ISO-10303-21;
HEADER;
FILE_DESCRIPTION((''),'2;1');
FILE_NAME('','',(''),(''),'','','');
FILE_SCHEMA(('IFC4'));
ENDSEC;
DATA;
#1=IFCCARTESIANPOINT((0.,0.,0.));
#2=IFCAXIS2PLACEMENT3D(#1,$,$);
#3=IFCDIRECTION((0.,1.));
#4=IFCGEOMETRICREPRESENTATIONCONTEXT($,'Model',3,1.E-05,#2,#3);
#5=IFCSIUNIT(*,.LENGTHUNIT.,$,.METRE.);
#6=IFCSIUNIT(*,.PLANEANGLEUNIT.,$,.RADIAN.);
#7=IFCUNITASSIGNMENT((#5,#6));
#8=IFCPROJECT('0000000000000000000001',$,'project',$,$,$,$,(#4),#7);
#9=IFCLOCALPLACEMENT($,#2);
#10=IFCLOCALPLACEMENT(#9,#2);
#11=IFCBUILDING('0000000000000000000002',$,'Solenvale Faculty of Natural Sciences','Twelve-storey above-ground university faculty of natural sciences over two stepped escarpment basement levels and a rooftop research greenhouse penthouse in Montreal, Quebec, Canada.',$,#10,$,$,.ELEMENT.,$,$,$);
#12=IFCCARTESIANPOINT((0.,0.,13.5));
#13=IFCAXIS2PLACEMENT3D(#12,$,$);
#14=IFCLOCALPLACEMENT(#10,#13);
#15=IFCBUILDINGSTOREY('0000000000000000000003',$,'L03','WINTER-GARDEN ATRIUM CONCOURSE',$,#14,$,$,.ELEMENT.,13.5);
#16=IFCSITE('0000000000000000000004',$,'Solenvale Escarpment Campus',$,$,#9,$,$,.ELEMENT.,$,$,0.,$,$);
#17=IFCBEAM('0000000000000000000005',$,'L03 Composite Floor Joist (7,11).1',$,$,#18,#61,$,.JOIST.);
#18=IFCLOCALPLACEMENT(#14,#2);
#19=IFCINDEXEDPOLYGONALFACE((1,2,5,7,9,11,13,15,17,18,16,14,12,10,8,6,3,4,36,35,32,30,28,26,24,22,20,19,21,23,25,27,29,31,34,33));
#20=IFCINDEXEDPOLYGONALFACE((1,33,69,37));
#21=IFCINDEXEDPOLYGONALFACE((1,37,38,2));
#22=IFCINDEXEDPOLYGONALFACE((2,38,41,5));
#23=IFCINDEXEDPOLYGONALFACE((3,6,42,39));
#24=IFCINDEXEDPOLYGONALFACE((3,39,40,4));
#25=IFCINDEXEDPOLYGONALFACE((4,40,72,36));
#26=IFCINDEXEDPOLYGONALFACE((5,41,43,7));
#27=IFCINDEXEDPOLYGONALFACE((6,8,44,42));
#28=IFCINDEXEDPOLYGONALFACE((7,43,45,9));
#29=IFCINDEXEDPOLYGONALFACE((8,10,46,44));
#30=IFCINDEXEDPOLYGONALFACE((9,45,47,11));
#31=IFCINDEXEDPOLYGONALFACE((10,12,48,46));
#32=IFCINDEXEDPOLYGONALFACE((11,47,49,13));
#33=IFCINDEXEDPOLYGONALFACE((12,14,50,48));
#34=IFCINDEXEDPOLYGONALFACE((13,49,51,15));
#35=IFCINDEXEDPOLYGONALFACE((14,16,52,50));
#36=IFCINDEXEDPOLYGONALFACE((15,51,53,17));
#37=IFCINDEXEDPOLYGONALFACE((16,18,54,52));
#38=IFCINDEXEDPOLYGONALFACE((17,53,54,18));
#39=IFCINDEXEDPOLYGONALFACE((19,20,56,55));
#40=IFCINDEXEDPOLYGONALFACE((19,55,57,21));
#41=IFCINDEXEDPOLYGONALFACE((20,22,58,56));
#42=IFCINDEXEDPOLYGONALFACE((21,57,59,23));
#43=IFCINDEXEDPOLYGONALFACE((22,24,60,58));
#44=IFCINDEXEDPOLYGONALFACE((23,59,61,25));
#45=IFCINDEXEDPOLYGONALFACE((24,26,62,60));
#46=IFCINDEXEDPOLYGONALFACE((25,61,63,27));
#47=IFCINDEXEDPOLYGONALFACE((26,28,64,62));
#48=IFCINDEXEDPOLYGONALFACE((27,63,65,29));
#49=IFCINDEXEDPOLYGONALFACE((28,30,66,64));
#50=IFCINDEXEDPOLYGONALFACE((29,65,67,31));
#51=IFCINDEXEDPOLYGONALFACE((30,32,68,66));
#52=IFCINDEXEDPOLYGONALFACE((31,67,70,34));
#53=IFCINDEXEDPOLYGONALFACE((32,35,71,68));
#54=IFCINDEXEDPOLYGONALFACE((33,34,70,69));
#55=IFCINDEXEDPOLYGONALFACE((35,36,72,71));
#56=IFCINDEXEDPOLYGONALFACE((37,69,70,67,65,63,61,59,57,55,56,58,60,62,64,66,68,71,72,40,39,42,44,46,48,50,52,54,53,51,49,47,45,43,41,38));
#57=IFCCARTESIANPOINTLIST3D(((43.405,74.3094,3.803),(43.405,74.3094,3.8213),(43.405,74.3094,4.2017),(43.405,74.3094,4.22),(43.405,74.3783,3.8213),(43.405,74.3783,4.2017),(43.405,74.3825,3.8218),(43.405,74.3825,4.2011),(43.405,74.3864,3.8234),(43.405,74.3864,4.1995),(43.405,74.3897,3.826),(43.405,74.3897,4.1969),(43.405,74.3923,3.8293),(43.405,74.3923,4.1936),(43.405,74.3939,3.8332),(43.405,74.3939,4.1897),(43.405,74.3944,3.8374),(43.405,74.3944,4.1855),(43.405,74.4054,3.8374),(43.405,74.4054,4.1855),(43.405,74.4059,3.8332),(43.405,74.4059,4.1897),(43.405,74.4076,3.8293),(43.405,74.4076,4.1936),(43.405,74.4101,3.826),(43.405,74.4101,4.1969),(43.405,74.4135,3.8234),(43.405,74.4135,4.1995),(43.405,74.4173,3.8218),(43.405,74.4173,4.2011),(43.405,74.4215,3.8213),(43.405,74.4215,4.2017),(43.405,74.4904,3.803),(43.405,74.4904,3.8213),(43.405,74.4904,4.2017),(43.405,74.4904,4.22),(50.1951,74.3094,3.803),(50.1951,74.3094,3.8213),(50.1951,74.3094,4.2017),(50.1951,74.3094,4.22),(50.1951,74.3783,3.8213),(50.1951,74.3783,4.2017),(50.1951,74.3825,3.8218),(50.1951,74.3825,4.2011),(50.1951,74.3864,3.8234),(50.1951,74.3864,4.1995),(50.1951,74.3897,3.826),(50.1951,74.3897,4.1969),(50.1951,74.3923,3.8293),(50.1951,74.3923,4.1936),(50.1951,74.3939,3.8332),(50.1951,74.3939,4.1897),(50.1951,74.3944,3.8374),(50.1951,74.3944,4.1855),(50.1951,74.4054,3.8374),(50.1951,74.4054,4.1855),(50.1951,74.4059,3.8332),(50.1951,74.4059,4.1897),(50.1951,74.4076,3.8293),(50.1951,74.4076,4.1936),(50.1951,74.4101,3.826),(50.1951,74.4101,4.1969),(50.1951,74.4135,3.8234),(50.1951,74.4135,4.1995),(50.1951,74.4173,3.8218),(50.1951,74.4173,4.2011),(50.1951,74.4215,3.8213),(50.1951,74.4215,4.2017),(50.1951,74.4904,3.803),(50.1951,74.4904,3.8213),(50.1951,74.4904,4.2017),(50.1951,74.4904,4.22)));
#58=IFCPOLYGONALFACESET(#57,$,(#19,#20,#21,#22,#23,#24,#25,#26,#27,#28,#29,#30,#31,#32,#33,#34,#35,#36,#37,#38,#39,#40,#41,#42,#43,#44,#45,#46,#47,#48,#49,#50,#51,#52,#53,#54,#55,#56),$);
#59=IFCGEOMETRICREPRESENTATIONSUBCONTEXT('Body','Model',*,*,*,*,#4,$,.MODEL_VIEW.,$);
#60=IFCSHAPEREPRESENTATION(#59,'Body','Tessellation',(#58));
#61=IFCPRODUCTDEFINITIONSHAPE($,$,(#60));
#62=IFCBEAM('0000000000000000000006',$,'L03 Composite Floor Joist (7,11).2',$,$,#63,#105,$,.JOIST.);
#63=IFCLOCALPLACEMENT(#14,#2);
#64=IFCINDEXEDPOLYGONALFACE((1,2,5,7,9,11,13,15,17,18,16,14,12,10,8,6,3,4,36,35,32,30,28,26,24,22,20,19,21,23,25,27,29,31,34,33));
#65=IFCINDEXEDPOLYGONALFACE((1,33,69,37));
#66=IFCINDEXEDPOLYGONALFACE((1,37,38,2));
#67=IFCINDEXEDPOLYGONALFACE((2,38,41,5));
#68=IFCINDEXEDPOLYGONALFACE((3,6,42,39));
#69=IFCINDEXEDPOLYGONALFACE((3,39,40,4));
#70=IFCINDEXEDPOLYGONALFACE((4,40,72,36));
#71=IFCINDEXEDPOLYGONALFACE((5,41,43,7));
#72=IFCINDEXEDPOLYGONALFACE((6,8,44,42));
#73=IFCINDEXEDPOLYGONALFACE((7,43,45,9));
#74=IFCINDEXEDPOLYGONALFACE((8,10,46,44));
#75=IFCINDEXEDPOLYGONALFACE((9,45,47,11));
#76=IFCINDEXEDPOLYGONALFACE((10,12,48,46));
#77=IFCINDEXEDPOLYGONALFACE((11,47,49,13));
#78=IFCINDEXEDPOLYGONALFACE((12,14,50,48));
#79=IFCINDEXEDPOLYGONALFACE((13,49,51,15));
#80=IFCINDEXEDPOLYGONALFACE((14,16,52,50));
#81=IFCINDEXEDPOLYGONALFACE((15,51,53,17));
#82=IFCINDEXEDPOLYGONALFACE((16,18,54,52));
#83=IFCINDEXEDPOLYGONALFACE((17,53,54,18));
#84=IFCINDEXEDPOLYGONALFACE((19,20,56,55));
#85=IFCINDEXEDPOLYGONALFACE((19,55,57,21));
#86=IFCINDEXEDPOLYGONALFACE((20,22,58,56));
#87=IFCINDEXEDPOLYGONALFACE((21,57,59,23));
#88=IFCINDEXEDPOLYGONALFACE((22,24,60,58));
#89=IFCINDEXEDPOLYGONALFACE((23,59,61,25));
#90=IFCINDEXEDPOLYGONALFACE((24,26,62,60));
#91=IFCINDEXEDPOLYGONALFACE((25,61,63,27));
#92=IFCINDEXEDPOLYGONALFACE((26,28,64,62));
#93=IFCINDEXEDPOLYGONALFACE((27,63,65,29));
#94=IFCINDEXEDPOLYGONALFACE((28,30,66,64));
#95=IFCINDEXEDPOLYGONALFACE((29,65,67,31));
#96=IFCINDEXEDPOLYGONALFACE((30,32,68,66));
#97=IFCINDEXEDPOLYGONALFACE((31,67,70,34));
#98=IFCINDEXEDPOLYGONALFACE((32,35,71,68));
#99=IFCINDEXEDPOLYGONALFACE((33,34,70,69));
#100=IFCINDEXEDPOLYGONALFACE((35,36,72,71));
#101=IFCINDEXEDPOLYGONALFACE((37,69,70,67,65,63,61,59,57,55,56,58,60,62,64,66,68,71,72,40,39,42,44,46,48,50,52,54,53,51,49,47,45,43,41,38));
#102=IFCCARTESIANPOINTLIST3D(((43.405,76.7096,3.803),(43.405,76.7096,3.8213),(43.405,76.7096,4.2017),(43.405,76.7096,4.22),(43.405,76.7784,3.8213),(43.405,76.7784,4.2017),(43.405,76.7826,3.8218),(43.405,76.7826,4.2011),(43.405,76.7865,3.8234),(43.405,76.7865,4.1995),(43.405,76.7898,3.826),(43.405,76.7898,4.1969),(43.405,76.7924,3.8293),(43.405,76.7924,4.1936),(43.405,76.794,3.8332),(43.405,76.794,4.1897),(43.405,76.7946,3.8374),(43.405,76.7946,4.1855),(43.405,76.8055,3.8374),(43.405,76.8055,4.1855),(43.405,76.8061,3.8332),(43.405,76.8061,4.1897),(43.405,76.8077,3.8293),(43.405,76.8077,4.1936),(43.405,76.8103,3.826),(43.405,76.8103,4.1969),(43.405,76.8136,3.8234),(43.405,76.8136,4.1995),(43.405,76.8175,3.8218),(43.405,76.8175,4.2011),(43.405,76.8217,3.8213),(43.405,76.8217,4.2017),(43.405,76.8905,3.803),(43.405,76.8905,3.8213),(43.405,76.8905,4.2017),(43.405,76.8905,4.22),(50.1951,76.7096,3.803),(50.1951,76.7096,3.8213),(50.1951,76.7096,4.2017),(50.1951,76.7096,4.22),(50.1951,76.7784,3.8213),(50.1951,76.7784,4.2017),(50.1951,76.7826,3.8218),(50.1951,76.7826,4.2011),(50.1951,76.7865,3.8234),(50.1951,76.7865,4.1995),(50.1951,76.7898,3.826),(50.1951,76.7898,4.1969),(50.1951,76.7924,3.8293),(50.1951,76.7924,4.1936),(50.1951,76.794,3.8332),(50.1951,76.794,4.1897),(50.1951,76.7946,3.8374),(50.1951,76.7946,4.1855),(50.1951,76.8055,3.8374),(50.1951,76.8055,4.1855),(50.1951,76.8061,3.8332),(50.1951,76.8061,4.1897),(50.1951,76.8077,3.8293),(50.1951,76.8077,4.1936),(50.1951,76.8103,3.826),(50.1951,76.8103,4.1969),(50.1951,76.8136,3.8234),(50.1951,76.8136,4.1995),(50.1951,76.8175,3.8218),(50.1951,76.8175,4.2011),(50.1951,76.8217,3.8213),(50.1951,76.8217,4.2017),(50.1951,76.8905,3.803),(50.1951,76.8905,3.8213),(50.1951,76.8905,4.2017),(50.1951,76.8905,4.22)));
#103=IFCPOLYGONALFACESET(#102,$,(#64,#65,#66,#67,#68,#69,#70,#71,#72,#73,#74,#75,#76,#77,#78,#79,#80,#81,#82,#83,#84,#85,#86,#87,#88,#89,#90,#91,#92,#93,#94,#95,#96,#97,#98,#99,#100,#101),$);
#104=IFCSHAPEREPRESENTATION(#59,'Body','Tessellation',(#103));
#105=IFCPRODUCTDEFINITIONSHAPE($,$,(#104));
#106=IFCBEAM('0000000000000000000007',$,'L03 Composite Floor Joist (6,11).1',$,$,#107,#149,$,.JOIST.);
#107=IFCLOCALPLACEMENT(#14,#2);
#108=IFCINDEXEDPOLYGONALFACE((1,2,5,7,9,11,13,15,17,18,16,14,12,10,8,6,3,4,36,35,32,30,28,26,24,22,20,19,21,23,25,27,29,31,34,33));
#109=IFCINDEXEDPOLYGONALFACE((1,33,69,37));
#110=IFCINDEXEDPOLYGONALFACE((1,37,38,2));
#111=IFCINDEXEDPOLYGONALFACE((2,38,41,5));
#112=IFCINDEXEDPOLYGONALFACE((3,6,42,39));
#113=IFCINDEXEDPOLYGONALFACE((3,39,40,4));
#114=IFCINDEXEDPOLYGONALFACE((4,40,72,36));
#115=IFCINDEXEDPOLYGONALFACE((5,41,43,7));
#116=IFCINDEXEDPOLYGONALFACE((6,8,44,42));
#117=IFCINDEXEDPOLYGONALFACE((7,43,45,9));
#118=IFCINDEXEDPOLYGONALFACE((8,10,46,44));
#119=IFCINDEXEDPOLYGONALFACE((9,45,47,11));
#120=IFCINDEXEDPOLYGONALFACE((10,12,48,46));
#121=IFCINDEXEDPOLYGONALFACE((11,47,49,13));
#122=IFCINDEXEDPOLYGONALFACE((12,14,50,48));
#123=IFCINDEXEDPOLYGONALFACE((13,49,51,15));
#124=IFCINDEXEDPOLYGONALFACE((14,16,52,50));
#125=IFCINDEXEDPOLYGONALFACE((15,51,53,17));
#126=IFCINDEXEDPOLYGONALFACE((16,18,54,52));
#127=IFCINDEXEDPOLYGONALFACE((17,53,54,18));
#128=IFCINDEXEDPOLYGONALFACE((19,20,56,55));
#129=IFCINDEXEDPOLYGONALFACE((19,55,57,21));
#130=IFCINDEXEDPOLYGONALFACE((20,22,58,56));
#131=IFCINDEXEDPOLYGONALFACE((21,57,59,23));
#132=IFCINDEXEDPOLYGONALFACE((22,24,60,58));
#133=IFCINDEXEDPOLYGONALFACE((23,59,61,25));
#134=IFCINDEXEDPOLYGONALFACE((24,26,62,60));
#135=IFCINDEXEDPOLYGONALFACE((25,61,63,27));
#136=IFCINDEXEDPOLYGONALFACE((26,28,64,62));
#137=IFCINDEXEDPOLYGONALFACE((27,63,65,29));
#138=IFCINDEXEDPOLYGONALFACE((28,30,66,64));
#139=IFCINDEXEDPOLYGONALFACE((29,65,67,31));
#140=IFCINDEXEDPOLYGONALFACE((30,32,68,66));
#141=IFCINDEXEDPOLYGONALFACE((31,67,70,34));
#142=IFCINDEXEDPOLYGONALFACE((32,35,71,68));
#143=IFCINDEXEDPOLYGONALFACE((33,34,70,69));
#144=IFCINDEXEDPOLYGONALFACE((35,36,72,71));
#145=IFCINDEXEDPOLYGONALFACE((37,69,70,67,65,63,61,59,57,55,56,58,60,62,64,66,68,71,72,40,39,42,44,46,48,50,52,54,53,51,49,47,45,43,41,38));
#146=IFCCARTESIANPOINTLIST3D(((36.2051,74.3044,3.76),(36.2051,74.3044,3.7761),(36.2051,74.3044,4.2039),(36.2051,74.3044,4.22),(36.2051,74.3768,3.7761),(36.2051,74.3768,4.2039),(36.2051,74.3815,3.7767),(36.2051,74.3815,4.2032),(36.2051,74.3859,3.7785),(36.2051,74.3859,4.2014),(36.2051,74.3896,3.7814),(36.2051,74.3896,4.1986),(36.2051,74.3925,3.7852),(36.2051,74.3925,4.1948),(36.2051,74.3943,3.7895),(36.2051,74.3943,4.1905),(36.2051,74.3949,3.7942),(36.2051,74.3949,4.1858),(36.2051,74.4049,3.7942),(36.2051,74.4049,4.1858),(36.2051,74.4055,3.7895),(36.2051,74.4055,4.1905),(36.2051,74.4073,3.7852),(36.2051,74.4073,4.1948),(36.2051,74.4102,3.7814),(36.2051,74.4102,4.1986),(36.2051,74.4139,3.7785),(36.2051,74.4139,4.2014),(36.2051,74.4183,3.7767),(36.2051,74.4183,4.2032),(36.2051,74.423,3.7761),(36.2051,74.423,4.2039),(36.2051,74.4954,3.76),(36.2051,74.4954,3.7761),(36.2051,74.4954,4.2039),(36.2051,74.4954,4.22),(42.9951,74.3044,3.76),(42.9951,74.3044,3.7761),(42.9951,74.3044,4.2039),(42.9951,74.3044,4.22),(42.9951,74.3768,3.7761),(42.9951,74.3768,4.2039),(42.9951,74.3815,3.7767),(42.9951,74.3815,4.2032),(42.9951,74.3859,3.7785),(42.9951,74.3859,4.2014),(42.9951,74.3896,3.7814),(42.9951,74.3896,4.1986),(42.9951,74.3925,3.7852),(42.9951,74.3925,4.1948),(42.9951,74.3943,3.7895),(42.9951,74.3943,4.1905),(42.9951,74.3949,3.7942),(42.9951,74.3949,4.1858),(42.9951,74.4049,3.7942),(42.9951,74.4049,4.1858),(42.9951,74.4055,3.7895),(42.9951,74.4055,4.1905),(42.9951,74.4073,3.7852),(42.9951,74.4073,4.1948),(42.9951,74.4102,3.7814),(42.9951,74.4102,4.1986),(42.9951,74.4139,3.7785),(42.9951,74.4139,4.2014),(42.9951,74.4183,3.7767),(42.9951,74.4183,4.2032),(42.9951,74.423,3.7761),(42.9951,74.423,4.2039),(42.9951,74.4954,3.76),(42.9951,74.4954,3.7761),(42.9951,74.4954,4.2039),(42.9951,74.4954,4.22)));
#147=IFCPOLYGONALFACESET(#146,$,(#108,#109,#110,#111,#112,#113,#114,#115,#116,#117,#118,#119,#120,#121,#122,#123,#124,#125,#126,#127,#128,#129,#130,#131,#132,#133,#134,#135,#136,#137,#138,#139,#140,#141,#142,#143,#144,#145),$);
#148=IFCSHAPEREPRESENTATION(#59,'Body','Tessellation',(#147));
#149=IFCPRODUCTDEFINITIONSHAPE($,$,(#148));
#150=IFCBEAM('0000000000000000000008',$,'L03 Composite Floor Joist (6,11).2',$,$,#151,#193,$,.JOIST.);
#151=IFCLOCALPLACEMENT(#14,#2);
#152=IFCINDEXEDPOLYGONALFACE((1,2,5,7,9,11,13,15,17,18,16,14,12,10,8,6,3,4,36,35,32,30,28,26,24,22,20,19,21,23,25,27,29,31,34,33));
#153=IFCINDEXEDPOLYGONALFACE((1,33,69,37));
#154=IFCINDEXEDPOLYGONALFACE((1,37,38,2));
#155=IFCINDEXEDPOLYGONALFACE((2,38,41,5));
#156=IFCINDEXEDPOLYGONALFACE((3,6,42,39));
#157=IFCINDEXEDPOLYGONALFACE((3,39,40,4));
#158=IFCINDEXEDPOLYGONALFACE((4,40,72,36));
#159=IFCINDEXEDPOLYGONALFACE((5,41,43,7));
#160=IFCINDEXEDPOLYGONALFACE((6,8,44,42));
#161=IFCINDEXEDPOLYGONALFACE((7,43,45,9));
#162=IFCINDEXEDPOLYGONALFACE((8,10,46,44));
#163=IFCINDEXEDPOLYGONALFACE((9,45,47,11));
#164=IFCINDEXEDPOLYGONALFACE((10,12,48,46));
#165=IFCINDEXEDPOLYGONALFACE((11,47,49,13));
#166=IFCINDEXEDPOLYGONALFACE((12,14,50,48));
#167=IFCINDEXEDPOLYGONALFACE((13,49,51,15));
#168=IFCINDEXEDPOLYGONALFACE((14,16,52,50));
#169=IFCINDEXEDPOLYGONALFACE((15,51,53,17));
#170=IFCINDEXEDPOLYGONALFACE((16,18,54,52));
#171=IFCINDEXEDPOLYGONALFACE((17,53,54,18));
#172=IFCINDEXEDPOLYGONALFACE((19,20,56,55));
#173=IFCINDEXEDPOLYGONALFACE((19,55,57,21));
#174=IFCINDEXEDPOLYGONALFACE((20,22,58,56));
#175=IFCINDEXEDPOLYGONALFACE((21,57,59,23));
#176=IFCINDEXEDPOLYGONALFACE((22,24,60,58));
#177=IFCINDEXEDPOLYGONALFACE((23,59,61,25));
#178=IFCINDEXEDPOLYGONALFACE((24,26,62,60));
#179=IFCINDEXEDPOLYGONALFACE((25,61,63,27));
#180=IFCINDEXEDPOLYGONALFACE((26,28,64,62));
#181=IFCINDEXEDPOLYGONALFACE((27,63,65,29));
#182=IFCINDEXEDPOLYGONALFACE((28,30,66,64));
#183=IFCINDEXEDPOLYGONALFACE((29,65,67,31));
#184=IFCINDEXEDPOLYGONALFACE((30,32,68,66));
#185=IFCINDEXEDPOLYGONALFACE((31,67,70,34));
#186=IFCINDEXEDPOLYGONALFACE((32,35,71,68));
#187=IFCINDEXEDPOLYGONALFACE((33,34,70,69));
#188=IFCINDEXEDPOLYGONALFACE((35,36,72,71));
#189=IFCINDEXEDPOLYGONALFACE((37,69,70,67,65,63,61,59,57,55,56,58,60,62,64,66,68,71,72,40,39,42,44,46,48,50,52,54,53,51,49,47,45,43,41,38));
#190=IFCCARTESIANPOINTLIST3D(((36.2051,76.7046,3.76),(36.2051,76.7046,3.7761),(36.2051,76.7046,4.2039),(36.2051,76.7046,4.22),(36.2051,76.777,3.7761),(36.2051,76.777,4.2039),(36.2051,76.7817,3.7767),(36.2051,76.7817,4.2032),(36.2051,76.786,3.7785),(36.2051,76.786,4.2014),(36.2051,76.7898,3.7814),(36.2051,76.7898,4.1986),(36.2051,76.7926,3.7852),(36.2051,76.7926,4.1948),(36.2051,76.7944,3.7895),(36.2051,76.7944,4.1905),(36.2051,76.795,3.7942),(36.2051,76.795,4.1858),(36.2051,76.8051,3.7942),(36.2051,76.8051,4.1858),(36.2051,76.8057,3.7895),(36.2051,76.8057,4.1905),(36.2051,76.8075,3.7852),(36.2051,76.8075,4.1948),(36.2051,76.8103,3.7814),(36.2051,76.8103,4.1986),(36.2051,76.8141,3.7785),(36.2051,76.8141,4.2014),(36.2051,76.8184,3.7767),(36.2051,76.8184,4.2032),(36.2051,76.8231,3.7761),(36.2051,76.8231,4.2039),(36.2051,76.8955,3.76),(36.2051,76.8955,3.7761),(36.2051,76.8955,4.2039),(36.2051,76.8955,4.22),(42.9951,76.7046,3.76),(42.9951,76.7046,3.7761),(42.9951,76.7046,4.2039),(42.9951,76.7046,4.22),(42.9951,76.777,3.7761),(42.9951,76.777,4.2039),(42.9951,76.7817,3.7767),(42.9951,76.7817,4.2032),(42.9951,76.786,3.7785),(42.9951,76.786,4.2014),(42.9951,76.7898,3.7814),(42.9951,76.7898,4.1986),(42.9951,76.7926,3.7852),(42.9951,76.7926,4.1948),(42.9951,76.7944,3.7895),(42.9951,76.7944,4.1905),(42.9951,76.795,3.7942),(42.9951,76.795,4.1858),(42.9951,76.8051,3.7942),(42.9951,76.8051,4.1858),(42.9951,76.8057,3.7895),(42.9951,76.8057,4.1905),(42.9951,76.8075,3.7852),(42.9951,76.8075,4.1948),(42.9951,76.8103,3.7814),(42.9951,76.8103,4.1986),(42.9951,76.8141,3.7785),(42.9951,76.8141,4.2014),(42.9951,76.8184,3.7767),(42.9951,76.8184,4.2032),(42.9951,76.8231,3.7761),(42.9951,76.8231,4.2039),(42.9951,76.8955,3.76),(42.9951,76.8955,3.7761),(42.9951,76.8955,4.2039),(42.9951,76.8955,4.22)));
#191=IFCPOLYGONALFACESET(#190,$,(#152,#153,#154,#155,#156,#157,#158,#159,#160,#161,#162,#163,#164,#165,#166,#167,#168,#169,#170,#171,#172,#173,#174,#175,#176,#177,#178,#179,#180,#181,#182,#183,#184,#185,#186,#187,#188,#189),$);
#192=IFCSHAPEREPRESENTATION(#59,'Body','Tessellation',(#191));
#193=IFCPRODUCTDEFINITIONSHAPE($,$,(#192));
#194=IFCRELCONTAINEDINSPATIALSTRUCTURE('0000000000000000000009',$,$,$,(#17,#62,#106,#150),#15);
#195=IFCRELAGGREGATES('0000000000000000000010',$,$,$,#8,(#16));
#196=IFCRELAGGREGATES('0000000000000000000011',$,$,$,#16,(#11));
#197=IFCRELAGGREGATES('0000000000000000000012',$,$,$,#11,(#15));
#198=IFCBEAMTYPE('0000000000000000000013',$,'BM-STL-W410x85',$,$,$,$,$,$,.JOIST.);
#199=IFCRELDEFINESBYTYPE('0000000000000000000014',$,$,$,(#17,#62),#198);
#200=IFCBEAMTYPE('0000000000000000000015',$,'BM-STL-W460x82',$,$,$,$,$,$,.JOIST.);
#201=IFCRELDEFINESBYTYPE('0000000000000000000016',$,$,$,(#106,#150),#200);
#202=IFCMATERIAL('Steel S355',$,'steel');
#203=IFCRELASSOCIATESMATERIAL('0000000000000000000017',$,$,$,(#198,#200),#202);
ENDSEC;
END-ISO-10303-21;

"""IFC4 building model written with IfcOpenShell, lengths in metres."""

from ifc_helpers import new_model, si_unit, direction, frame, origin, origin_2d, place, context, subcontext, project, spatial, i_section, extrude, material, material_profile, profile_set, type_object, element, save


model = new_model("IFC4")

# Units and contexts
model_context = context("Model", 3, precision=1e-05, world=origin(), true_north=direction((0.0, 1.0)))
body_context = subcontext(model_context, "Body", "Model", "MODEL_VIEW")
ifc_project = project(units=[si_unit("LENGTHUNIT", "METRE"), si_unit("PLANEANGLEUNIT", "RADIAN")], contexts=[model_context])

# Site, building, storey
site_placement = place(None, origin())
site = spatial("IfcSite", under=ifc_project, at=site_placement, Name="Solenvale Escarpment Campus", CompositionType="ELEMENT", RefElevation=0.0)
building_placement = place(site_placement, origin())
building = spatial("IfcBuilding", under=site, at=building_placement, Name="Solenvale Faculty of Natural Sciences", Description="Twelve-storey above-ground university faculty of natural sciences over two stepped escarpment basement levels and a rooftop research greenhouse penthouse in Montreal, Quebec, Canada.", CompositionType="ELEMENT")
storey_placement = place(building_placement, frame((0.0, 0.0, 13.5)))
storey = spatial("IfcBuildingStorey", under=building, at=storey_placement, Name="L03", Description="WINTER-GARDEN ATRIUM CONCOURSE", CompositionType="ELEMENT", Elevation=13.5)

# Beams
ifc_material_1 = material(Name="Steel S355", Category="steel")
ifc_material_profile_1 = material_profile(ifc_material_1, i_section(OverallWidth=0.1809, OverallDepth=0.417, WebThickness=0.011, FlangeThickness=0.0183, FilletRadius=0.0161, at=origin_2d()), Name="W410x85")
ifc_profile_set_1 = profile_set([ifc_material_profile_1], Name="Steel S355")
beam_type_1 = type_object("IfcBeamType", Name="BM-STL-W410x85", PredefinedType="JOIST", material=ifc_profile_set_1)
for number, where, z_axis, x_axis, name in (
    (1, (43.405, 74.3999, 4.0115), (1.0, 0.0, 0.0), (0.0, 1.0, 0.0), "L03 Composite Floor Joist (7,11).1"),
    (2, (43.405, 76.8, 4.0115), (1.0, 0.0, 0.0), (0.0, 1.0, 0.0), "L03 Composite Floor Joist (7,11).2"),
):
    element("IfcBeam", number, at=place(storey_placement, frame(where, z_axis=z_axis, x_axis=x_axis)), inside=storey, type_object=beam_type_1, Name=name, PredefinedType="JOIST", context=body_context, shape_type="SweptSolid", body=[
        extrude(i_section(OverallWidth=0.1809, OverallDepth=0.417, WebThickness=0.011, FlangeThickness=0.0183, FilletRadius=0.0161, at=origin_2d()), origin(), (0.0, 0.0, 1.0), 6.79),
    ])
ifc_material_profile_2 = material_profile(ifc_material_1, i_section(OverallWidth=0.1909, OverallDepth=0.46, WebThickness=0.01, FlangeThickness=0.0161, FilletRadius=0.0181, at=origin_2d()), Name="W460x82")
ifc_profile_set_2 = profile_set([ifc_material_profile_2], Name="Steel S355")
beam_type_2 = type_object("IfcBeamType", Name="BM-STL-W460x82", PredefinedType="JOIST", material=ifc_profile_set_2)
for number, where, z_axis, x_axis, name in (
    (3, (36.2051, 74.3999, 3.99), (1.0, 0.0, 0.0), (0.0, 1.0, 0.0), "L03 Composite Floor Joist (6,11).1"),
    (4, (36.2051, 76.8, 3.99), (1.0, 0.0, 0.0), (0.0, 1.0, 0.0), "L03 Composite Floor Joist (6,11).2"),
):
    element("IfcBeam", number, at=place(storey_placement, frame(where, z_axis=z_axis, x_axis=x_axis)), inside=storey, type_object=beam_type_2, Name=name, PredefinedType="JOIST", context=body_context, shape_type="SweptSolid", body=[
        extrude(i_section(OverallWidth=0.1909, OverallDepth=0.46, WebThickness=0.01, FlangeThickness=0.0161, FilletRadius=0.0181, at=origin_2d()), origin(), (0.0, 0.0, 1.0), 6.79),
    ])

save(model, "model.ifc")
